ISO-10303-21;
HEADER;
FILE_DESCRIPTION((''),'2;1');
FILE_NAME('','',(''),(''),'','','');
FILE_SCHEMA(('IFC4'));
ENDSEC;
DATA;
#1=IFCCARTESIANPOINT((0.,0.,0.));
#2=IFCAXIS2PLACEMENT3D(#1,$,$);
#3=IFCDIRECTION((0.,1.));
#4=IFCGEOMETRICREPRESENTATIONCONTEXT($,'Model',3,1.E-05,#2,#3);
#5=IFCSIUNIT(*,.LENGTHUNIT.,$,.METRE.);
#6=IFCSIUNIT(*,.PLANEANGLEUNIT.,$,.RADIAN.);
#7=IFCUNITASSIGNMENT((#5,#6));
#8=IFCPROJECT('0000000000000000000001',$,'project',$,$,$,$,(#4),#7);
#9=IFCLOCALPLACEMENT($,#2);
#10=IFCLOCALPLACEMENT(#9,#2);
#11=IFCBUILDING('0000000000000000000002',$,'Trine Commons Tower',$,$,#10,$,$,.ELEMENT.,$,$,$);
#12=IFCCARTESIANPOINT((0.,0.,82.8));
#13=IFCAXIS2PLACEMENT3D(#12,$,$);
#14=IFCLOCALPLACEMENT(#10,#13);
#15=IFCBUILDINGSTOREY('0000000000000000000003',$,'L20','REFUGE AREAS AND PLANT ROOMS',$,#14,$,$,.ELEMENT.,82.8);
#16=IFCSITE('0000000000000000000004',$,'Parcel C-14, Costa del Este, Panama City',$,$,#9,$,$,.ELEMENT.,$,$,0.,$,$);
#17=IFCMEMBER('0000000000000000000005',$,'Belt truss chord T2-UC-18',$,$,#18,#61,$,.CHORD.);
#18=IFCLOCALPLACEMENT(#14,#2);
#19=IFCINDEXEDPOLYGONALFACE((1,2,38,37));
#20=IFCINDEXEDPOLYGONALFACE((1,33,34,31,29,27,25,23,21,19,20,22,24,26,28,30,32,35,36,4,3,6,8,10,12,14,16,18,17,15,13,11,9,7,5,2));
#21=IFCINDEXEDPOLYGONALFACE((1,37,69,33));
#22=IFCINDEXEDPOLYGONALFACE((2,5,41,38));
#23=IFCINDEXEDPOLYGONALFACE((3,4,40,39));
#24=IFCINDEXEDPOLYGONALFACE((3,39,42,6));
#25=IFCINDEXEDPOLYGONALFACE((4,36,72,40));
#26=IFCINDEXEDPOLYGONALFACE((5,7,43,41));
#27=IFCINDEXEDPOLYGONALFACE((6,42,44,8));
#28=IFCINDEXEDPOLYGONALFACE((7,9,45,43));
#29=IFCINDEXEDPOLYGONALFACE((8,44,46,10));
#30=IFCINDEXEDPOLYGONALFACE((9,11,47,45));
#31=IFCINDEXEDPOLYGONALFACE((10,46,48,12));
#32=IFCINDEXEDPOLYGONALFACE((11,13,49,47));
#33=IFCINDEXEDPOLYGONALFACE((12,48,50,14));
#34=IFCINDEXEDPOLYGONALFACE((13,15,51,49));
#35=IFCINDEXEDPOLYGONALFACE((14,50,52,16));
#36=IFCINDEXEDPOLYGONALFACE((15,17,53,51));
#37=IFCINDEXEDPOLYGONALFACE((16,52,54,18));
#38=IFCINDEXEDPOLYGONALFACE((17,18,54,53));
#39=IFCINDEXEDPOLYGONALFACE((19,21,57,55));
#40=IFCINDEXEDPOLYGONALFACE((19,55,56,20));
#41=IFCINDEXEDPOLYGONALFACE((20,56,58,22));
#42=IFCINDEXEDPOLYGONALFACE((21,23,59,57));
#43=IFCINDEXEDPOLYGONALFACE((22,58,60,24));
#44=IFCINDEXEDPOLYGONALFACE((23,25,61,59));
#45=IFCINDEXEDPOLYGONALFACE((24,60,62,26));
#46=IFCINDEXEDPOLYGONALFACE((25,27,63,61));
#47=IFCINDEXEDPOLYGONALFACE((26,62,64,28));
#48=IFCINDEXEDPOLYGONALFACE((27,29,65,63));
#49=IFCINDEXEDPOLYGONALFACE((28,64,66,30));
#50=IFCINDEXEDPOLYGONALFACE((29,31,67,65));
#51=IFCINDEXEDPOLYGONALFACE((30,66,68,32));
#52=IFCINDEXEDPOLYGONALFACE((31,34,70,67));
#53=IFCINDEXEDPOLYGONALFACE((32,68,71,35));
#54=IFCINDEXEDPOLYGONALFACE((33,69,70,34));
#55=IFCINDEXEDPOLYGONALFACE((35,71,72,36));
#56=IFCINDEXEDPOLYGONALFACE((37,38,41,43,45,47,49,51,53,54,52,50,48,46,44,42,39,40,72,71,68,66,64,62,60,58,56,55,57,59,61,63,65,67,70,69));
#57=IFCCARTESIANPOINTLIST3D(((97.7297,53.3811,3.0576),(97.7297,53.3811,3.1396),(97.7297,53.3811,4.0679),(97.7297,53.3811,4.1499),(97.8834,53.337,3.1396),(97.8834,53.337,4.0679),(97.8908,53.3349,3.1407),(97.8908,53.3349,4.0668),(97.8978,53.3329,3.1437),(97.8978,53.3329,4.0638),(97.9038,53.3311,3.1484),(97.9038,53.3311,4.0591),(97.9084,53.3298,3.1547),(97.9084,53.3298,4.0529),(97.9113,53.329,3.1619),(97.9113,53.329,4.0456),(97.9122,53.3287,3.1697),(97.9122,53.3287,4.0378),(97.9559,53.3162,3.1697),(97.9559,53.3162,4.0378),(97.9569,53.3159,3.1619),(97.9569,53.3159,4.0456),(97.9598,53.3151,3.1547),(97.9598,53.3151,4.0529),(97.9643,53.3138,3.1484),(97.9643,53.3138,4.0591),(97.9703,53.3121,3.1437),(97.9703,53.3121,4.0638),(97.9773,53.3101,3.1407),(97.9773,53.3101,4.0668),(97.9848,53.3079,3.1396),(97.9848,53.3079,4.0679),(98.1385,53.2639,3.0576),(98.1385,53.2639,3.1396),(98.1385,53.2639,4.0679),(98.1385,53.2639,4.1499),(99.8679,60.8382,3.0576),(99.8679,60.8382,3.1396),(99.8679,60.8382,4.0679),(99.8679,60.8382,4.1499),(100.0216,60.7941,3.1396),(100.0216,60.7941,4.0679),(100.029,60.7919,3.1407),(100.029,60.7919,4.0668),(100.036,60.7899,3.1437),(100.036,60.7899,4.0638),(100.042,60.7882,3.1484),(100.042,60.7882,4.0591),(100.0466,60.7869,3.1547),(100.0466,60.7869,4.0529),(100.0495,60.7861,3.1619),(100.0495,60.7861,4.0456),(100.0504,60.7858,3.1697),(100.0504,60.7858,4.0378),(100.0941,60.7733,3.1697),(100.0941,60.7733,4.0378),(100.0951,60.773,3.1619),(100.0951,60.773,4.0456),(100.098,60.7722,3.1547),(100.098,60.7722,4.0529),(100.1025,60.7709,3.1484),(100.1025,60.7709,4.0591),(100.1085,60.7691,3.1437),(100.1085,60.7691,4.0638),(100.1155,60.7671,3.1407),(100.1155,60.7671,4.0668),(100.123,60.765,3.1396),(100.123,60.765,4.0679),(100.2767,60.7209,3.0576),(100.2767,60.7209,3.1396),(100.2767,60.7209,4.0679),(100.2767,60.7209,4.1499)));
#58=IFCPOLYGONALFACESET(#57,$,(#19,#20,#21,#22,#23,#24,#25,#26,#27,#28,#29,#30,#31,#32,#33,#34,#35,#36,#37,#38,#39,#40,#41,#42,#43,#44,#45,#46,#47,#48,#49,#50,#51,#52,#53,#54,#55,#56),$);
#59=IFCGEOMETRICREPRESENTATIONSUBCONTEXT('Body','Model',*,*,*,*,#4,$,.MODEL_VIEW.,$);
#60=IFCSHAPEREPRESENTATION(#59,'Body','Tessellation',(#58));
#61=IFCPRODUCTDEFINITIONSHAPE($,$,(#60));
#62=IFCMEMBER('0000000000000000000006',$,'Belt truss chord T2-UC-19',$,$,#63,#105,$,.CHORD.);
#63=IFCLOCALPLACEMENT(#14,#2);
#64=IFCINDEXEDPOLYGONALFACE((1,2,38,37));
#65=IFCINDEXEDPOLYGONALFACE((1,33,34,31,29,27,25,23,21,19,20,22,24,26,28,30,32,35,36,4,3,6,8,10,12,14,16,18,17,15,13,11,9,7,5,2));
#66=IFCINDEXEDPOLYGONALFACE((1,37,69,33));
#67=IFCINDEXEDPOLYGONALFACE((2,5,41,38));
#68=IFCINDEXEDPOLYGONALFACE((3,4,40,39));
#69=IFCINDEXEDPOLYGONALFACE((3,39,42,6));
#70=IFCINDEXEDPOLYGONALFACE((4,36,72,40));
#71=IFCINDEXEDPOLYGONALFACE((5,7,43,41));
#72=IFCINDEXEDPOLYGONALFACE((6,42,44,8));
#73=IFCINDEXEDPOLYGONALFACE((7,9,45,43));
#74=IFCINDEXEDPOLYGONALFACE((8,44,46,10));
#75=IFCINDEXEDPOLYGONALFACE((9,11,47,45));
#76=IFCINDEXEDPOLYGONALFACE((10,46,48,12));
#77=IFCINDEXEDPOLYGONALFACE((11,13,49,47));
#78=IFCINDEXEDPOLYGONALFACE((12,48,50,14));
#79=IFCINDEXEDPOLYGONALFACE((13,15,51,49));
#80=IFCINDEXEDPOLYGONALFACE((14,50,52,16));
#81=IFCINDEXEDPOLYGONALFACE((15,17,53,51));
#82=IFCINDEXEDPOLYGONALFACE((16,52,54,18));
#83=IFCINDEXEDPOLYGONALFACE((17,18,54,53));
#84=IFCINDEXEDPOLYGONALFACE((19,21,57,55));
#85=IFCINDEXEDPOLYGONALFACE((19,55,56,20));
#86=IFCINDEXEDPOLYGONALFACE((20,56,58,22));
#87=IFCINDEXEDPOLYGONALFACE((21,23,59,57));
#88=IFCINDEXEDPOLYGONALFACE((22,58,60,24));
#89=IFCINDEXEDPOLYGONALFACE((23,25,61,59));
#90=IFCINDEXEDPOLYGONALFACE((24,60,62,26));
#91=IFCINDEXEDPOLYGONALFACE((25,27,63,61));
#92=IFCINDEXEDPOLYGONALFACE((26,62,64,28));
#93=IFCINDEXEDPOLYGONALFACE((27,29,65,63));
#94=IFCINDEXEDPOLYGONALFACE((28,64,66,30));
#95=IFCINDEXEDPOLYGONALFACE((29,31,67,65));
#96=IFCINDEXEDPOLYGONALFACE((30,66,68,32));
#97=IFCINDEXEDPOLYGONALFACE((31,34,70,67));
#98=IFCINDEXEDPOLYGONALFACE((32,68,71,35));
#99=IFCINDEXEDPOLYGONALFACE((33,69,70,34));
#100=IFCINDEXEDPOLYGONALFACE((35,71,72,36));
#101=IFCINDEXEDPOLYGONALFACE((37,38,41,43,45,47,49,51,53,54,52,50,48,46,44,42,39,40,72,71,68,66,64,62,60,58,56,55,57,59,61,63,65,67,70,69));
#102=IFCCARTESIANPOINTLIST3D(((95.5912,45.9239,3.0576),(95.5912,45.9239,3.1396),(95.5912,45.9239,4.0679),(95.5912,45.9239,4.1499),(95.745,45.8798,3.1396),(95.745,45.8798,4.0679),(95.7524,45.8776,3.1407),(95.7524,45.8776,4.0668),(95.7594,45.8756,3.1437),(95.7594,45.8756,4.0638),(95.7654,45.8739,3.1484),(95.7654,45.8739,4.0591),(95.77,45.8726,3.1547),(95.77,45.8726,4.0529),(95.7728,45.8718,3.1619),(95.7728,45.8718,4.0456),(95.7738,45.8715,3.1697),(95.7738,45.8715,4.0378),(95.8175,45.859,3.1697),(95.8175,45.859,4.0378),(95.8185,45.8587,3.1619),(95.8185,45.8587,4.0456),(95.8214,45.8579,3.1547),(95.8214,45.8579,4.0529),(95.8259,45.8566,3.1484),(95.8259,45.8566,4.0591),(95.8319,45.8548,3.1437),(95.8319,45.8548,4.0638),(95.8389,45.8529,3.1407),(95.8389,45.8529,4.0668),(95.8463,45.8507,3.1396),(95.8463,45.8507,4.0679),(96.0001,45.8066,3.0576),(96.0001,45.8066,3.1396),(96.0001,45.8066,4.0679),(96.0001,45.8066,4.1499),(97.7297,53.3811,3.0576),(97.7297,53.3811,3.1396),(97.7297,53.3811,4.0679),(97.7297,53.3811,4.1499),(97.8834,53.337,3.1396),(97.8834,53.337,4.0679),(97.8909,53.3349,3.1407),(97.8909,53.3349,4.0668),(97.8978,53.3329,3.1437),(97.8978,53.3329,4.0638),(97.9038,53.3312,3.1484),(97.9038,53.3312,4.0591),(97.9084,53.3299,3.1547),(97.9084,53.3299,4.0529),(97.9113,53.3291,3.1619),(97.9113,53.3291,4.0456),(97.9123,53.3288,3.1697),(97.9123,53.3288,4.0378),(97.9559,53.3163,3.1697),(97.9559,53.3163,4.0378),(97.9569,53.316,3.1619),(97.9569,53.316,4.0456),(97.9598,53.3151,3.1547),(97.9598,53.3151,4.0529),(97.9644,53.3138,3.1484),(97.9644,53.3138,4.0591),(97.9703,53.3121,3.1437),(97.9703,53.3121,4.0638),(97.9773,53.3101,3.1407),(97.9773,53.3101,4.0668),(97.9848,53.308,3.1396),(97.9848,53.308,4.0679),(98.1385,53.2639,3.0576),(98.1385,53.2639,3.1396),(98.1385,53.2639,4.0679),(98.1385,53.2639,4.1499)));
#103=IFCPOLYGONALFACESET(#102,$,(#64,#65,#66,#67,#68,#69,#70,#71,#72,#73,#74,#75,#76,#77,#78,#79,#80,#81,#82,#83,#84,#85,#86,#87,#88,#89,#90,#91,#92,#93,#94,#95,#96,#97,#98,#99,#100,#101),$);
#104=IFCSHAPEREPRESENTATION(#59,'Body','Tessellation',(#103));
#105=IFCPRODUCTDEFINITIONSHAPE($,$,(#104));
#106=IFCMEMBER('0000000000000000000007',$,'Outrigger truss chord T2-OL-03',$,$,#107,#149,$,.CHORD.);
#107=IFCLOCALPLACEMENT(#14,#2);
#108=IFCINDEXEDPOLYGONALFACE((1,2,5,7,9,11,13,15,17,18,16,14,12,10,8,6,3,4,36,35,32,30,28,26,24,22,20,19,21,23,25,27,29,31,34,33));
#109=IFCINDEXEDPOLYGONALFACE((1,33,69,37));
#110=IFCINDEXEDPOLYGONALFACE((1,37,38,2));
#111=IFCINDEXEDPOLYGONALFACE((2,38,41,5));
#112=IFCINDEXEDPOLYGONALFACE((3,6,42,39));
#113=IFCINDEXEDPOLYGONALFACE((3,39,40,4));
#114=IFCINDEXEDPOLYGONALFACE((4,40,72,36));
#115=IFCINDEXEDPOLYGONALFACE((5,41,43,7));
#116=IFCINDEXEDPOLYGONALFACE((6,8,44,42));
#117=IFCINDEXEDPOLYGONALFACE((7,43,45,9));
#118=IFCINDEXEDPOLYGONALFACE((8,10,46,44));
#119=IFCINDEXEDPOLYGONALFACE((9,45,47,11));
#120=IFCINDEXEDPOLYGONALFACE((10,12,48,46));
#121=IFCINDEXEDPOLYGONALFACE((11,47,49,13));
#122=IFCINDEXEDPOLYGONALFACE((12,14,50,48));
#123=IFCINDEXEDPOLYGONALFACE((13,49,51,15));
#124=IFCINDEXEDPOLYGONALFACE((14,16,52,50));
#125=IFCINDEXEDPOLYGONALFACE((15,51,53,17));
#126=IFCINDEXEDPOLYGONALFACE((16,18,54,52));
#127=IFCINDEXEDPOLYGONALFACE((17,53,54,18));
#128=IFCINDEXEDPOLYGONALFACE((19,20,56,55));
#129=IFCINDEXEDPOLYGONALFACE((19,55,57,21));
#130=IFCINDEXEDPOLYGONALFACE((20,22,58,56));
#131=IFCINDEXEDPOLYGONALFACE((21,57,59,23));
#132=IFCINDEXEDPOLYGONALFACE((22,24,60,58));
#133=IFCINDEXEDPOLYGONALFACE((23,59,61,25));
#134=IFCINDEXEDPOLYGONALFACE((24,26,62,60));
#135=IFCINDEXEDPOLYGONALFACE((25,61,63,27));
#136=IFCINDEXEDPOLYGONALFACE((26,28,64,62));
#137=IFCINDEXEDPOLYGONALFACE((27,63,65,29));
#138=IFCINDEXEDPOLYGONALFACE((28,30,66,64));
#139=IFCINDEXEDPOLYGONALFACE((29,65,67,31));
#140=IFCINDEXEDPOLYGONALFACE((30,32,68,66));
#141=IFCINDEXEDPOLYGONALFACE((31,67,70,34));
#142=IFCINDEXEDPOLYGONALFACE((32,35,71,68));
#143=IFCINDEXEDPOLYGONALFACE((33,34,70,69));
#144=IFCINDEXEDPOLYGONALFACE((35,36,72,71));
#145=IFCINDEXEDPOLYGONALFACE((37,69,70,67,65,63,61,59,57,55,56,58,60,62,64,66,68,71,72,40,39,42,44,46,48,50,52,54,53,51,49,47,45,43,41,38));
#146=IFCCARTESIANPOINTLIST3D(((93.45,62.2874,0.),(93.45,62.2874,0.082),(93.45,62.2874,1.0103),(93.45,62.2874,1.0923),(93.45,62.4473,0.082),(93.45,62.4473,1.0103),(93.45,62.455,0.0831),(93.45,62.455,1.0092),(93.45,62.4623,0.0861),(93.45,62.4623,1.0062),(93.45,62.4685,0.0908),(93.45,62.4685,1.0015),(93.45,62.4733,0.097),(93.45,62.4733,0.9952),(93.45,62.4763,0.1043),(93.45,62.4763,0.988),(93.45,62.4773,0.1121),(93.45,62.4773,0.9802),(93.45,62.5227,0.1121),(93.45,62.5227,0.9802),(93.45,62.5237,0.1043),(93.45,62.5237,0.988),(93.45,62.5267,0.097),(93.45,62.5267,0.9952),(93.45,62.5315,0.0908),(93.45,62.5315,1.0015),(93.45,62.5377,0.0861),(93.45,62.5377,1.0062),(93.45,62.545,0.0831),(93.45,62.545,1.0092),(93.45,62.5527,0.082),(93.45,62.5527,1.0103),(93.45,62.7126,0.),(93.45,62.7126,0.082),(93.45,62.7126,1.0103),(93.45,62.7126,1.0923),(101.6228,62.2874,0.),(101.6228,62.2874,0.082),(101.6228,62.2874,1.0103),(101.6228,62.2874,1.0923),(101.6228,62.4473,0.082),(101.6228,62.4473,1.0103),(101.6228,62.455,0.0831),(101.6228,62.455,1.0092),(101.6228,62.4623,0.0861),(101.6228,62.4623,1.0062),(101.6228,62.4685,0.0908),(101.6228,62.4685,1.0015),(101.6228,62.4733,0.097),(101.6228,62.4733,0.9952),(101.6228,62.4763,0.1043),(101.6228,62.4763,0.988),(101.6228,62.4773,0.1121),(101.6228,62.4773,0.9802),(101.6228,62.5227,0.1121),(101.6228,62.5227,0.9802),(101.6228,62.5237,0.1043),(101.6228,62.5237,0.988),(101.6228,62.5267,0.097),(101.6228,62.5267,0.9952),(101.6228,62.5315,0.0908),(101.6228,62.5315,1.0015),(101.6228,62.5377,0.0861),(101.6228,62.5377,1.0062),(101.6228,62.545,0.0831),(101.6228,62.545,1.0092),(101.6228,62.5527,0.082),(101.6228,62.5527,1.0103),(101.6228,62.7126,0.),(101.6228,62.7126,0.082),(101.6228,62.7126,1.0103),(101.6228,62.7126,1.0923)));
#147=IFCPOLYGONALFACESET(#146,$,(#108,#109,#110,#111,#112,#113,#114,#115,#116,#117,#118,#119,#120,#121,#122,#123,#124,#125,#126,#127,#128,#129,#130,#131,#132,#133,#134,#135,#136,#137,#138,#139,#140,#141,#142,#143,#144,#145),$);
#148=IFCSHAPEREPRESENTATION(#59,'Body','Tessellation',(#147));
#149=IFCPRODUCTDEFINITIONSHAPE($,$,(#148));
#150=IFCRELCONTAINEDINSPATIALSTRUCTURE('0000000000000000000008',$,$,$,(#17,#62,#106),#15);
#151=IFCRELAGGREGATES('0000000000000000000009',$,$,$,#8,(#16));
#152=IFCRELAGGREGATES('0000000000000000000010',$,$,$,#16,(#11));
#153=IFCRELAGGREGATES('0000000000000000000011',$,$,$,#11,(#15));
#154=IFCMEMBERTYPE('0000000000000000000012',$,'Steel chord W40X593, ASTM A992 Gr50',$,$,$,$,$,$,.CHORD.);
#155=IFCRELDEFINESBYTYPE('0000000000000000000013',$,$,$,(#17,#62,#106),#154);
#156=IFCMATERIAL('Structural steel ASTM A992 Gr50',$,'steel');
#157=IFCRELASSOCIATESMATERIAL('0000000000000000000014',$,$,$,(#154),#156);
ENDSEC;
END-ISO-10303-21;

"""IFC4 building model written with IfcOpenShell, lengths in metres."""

from ifc_helpers import new_model, si_unit, direction, frame, origin, origin_2d, place, context, subcontext, project, spatial, i_section, extrude, material, material_profile, profile_set, type_object, element, save


model = new_model("IFC4")

# Units and contexts
model_context = context("Model", 3, precision=1e-05, world=origin(), true_north=direction((0.0, 1.0)))
body_context = subcontext(model_context, "Body", "Model", "MODEL_VIEW")
ifc_project = project(units=[si_unit("LENGTHUNIT", "METRE"), si_unit("PLANEANGLEUNIT", "RADIAN")], contexts=[model_context])

# Site, building, storey
site_placement = place(None, origin())
site = spatial("IfcSite", under=ifc_project, at=site_placement, Name="Parcel C-14, Costa del Este, Panama City", CompositionType="ELEMENT", RefElevation=0.0)
building_placement = place(site_placement, origin())
building = spatial("IfcBuilding", under=site, at=building_placement, Name="Trine Commons Tower", CompositionType="ELEMENT")
storey_placement = place(building_placement, frame((0.0, 0.0, 82.8)))
storey = spatial("IfcBuildingStorey", under=building, at=storey_placement, Name="L20", Description="REFUGE AREAS AND PLANT ROOMS", CompositionType="ELEMENT", Elevation=82.8)

# Members
ifc_material_1 = material(Name="Structural steel ASTM A992 Gr50", Category="steel")
ifc_material_profile_1 = material_profile(ifc_material_1, i_section(OverallWidth=0.4253, OverallDepth=1.0923, WebThickness=0.0454, FlangeThickness=0.082, FilletRadius=0.03, at=origin_2d()), Name="W40X593")
ifc_profile_set_1 = profile_set([ifc_material_profile_1], Name="Structural steel ASTM A992 Gr50")
member_type_1 = type_object("IfcMemberType", Name="Steel chord W40X593, ASTM A992 Gr50", PredefinedType="CHORD", material=ifc_profile_set_1)
member_1_placement = place(storey_placement, frame((100.0723, 60.7795, 3.6038), z_axis=(-0.275627, -0.961265, 0.0), x_axis=(0.961265, -0.275627, 0.0)))
element("IfcMember", 1, at=member_1_placement, inside=storey, type_object=member_type_1, Name="Belt truss chord T2-UC-18", PredefinedType="CHORD", context=body_context, shape_type="SweptSolid", body=[
    extrude(i_section(OverallWidth=0.4253, OverallDepth=1.0923, WebThickness=0.0454, FlangeThickness=0.082, FilletRadius=0.03, at=origin_2d()), origin(), (0.0, 0.0, 1.0), 7.7576),
])
member_2_placement = place(storey_placement, frame((97.9341, 53.3225, 3.6038), z_axis=(-0.275648, -0.961259, 0.0), x_axis=(0.961259, -0.275648, 0.0)))
element("IfcMember", 2, at=member_2_placement, inside=storey, type_object=member_type_1, Name="Belt truss chord T2-UC-19", PredefinedType="CHORD", context=body_context, shape_type="SweptSolid", body=[
    extrude(i_section(OverallWidth=0.4253, OverallDepth=1.0923, WebThickness=0.0454, FlangeThickness=0.082, FilletRadius=0.03, at=origin_2d()), origin(), (0.0, 0.0, 1.0), 7.7578),
])
member_3_placement = place(storey_placement, frame((93.45, 62.5, 0.5461), z_axis=(1.0, 0.0, 0.0), x_axis=(0.0, 1.0, 0.0)))
element("IfcMember", 3, at=member_3_placement, inside=storey, type_object=member_type_1, Name="Outrigger truss chord T2-OL-03", PredefinedType="CHORD", context=body_context, shape_type="SweptSolid", body=[
    extrude(i_section(OverallWidth=0.4253, OverallDepth=1.0923, WebThickness=0.0454, FlangeThickness=0.082, FilletRadius=0.03, at=origin_2d()), origin(), (0.0, 0.0, 1.0), 8.1729),
])

save(model, "model.ifc")
